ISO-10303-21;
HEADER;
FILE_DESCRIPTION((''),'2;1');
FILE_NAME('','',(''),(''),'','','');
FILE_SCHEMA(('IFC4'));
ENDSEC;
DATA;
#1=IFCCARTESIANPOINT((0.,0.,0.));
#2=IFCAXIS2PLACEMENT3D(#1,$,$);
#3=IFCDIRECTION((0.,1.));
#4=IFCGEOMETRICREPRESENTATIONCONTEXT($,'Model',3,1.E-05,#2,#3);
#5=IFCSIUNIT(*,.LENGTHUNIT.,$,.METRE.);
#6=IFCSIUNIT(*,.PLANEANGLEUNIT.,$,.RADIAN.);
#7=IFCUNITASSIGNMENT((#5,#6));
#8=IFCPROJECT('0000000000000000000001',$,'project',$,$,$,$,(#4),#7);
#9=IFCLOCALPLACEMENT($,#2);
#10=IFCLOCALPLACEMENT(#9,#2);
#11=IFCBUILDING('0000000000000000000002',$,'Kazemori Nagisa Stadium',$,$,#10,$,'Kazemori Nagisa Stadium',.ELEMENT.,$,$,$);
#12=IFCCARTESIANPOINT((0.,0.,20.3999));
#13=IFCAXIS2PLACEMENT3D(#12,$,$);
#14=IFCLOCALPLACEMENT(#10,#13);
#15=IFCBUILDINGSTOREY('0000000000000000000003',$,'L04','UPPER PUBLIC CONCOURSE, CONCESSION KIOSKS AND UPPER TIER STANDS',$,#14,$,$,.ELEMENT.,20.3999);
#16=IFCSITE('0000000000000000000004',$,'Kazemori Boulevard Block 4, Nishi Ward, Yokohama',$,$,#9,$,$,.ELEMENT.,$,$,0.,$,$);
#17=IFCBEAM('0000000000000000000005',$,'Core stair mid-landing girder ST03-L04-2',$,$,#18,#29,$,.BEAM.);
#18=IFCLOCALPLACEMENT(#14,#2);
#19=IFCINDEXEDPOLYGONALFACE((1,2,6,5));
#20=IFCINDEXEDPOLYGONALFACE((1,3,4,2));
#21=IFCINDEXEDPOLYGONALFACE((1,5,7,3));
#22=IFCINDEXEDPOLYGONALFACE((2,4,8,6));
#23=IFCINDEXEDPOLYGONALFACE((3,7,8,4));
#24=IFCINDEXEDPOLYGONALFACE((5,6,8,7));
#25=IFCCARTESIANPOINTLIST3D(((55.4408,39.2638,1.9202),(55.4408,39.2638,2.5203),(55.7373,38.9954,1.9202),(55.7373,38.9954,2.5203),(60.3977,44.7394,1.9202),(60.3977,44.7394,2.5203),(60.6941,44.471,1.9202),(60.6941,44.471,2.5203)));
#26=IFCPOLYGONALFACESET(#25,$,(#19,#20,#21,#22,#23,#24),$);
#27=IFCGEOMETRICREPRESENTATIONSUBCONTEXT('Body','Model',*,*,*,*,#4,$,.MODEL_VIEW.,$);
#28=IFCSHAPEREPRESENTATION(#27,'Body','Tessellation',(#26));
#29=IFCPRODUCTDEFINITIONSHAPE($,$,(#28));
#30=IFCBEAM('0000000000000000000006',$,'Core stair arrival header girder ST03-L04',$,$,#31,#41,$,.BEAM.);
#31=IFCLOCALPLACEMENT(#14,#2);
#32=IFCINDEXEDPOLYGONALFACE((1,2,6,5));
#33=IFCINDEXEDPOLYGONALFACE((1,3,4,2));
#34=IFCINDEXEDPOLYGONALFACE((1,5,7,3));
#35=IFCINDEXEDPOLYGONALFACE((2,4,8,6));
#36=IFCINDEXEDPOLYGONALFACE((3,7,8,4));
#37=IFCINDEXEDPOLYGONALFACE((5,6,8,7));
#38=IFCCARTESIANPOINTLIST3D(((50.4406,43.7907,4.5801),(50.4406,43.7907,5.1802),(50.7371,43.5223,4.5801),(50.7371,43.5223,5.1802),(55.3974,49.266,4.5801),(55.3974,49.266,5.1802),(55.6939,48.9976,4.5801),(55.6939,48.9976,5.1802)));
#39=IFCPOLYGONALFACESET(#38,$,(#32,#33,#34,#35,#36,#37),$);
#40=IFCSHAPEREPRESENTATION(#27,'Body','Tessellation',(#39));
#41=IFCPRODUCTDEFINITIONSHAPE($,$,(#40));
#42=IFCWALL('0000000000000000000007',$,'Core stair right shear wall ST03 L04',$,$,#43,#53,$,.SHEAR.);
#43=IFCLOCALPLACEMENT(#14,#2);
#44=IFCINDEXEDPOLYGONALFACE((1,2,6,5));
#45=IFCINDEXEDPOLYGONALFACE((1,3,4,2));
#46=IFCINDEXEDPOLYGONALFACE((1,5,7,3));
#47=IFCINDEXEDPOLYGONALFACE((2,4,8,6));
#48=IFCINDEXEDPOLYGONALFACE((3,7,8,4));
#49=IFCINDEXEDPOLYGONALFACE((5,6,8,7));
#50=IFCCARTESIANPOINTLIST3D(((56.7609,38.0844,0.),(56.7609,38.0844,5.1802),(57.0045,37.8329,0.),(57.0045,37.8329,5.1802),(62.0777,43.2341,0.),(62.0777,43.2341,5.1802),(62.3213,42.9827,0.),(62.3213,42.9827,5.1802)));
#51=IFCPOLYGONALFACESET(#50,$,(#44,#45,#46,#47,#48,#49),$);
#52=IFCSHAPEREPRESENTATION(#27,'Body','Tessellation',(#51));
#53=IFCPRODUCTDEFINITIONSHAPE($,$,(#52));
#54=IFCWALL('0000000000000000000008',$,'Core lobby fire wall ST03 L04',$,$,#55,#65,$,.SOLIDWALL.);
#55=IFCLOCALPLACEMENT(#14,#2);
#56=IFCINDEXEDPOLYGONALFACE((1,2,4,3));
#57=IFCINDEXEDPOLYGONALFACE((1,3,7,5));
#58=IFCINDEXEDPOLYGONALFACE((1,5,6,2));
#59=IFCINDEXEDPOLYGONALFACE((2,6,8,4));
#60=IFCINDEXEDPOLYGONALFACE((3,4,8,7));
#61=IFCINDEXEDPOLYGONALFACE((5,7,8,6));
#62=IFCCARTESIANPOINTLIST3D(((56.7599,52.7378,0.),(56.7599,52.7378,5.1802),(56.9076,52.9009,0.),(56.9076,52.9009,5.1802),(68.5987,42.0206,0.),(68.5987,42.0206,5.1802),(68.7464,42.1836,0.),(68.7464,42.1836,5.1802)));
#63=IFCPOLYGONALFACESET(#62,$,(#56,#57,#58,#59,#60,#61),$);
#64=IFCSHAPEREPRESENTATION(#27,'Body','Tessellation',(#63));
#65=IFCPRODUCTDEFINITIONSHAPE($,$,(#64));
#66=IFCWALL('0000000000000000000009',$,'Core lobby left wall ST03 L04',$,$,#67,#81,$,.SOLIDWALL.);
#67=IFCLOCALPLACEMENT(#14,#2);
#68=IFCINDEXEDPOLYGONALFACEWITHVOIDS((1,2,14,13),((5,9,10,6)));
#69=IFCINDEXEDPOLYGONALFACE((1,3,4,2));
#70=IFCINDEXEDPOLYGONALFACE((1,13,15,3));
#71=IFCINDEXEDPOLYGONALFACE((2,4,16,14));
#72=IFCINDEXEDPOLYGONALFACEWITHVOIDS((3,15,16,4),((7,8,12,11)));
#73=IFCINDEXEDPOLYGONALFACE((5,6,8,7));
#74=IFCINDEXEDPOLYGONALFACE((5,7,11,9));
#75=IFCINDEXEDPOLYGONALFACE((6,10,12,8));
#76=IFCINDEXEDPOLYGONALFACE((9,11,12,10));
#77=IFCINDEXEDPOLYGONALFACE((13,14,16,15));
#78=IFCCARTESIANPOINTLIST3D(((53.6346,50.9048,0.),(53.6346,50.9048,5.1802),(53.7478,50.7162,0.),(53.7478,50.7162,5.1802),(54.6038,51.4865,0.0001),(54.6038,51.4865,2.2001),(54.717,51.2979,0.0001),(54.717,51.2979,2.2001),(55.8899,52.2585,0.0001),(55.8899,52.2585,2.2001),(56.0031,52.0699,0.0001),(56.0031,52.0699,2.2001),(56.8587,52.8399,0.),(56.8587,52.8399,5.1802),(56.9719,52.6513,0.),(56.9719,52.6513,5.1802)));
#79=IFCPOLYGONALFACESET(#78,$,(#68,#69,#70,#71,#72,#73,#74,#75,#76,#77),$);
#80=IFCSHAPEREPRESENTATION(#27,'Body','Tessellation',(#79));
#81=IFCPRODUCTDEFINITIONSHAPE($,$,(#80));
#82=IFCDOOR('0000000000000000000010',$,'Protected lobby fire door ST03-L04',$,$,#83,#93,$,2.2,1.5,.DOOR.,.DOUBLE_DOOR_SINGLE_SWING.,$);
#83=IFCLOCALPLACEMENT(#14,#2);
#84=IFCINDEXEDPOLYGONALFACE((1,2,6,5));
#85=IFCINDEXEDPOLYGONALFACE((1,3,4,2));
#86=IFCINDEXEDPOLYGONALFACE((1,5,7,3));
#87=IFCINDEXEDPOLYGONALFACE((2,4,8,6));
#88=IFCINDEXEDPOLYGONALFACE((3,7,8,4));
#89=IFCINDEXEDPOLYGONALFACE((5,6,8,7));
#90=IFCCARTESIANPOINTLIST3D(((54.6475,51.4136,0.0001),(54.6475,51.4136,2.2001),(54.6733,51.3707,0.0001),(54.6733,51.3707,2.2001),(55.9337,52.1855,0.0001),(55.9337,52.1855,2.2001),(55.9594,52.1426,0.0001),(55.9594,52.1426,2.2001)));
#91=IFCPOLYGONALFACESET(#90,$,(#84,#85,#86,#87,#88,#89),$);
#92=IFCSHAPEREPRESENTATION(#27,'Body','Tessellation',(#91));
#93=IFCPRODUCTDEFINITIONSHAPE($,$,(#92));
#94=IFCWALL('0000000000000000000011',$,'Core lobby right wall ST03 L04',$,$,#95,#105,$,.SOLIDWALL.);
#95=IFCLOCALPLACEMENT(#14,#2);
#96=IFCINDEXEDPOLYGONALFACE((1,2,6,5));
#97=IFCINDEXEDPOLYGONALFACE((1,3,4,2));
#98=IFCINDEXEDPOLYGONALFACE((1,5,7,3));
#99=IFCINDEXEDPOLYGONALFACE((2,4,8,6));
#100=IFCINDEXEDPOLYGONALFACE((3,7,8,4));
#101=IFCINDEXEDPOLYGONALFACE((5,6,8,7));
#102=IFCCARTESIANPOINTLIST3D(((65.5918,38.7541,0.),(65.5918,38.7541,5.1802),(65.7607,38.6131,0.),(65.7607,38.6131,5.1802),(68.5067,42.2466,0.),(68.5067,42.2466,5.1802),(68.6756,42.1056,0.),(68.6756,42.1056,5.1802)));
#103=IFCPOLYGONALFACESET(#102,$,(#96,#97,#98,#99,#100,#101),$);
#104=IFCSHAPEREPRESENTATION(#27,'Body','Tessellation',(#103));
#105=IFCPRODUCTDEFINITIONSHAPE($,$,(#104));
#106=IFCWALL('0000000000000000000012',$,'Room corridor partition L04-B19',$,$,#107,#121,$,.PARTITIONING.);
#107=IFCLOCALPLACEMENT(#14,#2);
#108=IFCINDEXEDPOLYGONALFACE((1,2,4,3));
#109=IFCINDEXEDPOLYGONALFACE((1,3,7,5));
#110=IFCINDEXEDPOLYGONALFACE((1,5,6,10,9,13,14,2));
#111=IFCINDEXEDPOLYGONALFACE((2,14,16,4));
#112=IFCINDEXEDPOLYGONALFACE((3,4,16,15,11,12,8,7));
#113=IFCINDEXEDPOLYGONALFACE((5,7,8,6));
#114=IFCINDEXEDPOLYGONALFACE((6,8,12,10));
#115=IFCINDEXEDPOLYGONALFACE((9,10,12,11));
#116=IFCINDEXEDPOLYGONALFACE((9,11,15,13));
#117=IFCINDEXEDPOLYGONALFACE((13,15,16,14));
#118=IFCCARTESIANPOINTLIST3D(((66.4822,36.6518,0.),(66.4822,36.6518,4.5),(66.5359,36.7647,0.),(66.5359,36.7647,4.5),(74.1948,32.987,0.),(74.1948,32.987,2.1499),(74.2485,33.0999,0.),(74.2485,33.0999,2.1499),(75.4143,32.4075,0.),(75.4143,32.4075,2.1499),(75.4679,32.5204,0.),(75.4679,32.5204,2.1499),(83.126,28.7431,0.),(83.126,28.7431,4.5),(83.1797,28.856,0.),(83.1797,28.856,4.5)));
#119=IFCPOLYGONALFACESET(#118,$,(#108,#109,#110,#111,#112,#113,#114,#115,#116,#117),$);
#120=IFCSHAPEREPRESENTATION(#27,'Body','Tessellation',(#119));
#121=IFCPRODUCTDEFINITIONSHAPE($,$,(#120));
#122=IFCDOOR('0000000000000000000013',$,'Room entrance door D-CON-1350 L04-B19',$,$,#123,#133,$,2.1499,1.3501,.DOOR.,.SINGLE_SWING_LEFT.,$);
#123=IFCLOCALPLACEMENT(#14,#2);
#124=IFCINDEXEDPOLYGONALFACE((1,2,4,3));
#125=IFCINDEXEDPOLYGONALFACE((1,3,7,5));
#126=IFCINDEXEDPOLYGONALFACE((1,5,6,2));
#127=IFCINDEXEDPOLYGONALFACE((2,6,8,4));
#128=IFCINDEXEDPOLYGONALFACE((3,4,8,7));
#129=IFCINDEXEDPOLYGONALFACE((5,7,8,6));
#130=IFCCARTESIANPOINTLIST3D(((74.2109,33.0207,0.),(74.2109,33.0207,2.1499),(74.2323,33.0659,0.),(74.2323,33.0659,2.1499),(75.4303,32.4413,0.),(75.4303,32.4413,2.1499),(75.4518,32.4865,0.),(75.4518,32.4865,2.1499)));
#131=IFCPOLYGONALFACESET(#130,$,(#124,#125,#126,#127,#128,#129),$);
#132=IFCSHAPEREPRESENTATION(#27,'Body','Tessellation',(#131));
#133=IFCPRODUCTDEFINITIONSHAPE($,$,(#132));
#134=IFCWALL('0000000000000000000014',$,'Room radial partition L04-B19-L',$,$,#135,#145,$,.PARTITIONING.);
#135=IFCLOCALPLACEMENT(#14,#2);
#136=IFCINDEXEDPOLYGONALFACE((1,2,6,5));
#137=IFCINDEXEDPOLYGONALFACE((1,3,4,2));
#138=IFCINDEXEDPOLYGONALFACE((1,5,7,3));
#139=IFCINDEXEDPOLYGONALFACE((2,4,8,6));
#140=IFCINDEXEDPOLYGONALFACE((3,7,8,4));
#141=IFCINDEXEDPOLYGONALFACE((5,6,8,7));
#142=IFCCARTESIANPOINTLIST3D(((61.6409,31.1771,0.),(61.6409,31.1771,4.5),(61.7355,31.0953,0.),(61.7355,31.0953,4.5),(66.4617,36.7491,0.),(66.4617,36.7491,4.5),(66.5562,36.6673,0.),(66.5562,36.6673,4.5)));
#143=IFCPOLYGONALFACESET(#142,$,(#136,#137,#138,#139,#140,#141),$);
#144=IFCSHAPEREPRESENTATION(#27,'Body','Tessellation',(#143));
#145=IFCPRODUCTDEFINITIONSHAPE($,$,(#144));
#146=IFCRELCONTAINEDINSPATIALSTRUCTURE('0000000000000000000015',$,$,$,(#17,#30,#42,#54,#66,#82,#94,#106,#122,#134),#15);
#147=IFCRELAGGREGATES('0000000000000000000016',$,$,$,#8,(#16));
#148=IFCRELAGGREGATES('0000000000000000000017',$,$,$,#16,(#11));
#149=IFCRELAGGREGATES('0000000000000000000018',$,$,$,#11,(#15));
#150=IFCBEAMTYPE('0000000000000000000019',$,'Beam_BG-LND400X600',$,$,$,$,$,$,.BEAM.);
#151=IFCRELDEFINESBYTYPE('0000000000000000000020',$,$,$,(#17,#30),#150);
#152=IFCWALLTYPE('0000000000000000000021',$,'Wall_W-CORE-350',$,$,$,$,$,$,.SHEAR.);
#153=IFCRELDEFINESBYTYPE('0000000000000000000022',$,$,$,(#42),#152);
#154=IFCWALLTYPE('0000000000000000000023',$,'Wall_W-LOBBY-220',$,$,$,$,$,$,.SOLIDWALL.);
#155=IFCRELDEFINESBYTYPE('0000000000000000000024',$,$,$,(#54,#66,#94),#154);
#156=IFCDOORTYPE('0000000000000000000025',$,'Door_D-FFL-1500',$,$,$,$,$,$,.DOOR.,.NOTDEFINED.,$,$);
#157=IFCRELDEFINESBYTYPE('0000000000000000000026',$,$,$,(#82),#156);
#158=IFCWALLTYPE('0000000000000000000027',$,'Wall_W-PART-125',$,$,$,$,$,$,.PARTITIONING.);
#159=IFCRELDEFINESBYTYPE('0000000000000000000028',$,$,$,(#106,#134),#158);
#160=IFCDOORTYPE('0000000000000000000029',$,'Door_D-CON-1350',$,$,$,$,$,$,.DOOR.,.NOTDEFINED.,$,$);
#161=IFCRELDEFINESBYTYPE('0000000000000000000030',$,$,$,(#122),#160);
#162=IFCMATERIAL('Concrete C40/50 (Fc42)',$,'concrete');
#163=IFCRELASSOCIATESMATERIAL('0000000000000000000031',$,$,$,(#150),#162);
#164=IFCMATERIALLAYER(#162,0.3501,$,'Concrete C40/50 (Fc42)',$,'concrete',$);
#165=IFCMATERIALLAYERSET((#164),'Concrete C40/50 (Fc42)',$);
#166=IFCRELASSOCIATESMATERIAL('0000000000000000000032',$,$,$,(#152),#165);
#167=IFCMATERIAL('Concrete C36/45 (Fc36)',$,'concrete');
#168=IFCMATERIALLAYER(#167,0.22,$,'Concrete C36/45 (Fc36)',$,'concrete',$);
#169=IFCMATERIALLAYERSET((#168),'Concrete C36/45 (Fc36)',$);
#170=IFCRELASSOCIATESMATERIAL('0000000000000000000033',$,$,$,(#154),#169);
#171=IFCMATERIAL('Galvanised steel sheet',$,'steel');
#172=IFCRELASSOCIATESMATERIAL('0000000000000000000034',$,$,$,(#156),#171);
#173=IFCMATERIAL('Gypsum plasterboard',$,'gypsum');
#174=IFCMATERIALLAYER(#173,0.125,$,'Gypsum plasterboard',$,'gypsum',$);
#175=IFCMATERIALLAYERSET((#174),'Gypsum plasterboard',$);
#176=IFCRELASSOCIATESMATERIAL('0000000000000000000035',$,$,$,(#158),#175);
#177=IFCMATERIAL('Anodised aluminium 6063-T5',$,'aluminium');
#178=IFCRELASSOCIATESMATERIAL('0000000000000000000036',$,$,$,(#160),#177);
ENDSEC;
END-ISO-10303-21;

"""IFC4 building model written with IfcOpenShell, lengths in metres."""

from ifc_helpers import new_model, si_unit, direction, frame, frame_2d, origin, origin_2d, place, context, subcontext, project, spatial, rectangle, extrude, material, layer, layer_set, material_profile, profile_set, type_object, element, fill, save


model = new_model("IFC4")

# Units and contexts
model_context = context("Model", 3, precision=1e-05, world=origin(), true_north=direction((0.0, 1.0)))
body_context = subcontext(model_context, "Body", "Model", "MODEL_VIEW")
ifc_project = project(units=[si_unit("LENGTHUNIT", "METRE"), si_unit("PLANEANGLEUNIT", "RADIAN")], contexts=[model_context])

# Site, building, storey
site_placement = place(None, origin())
site = spatial("IfcSite", under=ifc_project, at=site_placement, Name="Kazemori Boulevard Block 4, Nishi Ward, Yokohama", CompositionType="ELEMENT", RefElevation=0.0)
building_placement = place(site_placement, origin())
building = spatial("IfcBuilding", under=site, at=building_placement, Name="Kazemori Nagisa Stadium", LongName="Kazemori Nagisa Stadium", CompositionType="ELEMENT")
storey_placement = place(building_placement, frame((0.0, 0.0, 20.3999)))
storey = spatial("IfcBuildingStorey", under=building, at=storey_placement, Name="L04", Description="UPPER PUBLIC CONCOURSE, CONCESSION KIOSKS AND UPPER TIER STANDS", CompositionType="ELEMENT", Elevation=20.3999)

# Beams
ifc_material_1 = material(Name="Concrete C40/50 (Fc42)", Category="concrete")
ifc_material_profile_1 = material_profile(ifc_material_1, rectangle(XDim=0.3999, YDim=0.6001, at=origin_2d()), Name="RC-BM-400x600")
ifc_profile_set_1 = profile_set([ifc_material_profile_1], Name="Concrete C40/50 (Fc42)")
beam_type_1 = type_object("IfcBeamType", Name="Beam_BG-LND400X600", PredefinedType="BEAM", material=ifc_profile_set_1)
beam_1_placement = place(storey_placement, frame((60.5459, 44.6052, 2.2202), z_axis=(-0.671113, -0.741355, 0.0), x_axis=(0.741355, -0.671113, 0.0)))
element("IfcBeam", 1, at=beam_1_placement, inside=storey, type_object=beam_type_1, Name="Core stair mid-landing girder ST03-L04-2", PredefinedType="BEAM", context=body_context, shape_type="SweptSolid", body=[
    extrude(rectangle(XDim=0.3999, YDim=0.6001, at=origin_2d()), origin(), (0.0, 0.0, 1.0), 7.386),
])
beam_2_placement = place(storey_placement, frame((55.5457, 49.1318, 4.8801), z_axis=(-0.67113, -0.74134, 0.0), x_axis=(0.74134, -0.67113, 0.0)))
element("IfcBeam", 2, at=beam_2_placement, inside=storey, type_object=beam_type_1, Name="Core stair arrival header girder ST03-L04", PredefinedType="BEAM", context=body_context, shape_type="SweptSolid", body=[
    extrude(rectangle(XDim=0.3999, YDim=0.6001, at=origin_2d()), origin(), (0.0, 0.0, 1.0), 7.3857),
])

# Walls
ifc_layer_1 = layer(ifc_material_1, 0.3501, Name="Concrete C40/50 (Fc42)", Category="concrete")
ifc_layer_set_1 = layer_set([ifc_layer_1], Name="Concrete C40/50 (Fc42)")
wall_type_1 = type_object("IfcWallType", Name="Wall_W-CORE-350", PredefinedType="SHEAR", material=ifc_layer_set_1)
wall_1_placement = place(storey_placement, frame((62.1995, 43.1084, 0.0), z_axis=(0.0, 0.0, 1.0), x_axis=(-0.718297, -0.695736, 0.0)))
element("IfcWall", 3, at=wall_1_placement, inside=storey, type_object=wall_type_1, Name="Core stair right shear wall ST03 L04", PredefinedType="SHEAR", context=body_context, shape_type="SweptSolid", body=[
    extrude(rectangle(XDim=7.4019, YDim=0.3501, at=frame_2d((3.7009, 0.0))), origin(), (0.0, 0.0, 1.0), 5.1802),
])
ifc_material_2 = material(Name="Concrete C36/45 (Fc36)", Category="concrete")
ifc_layer_2 = layer(ifc_material_2, 0.22, Name="Concrete C36/45 (Fc36)", Category="concrete")
ifc_layer_set_2 = layer_set([ifc_layer_2], Name="Concrete C36/45 (Fc36)")
wall_type_2 = type_object("IfcWallType", Name="Wall_W-LOBBY-220", PredefinedType="SOLIDWALL", material=ifc_layer_set_2)
wall_2_placement = place(storey_placement, frame((56.8337, 52.8193, 0.0), z_axis=(0.0, 0.0, 1.0), x_axis=(0.741351, -0.671117, 0.0)))
element("IfcWall", 4, at=wall_2_placement, inside=storey, type_object=wall_type_2, Name="Core lobby fire wall ST03 L04", PredefinedType="SOLIDWALL", context=body_context, shape_type="SweptSolid", body=[
    extrude(rectangle(XDim=15.9692, YDim=0.22, at=frame_2d((7.9846, 0.0))), origin(), (0.0, 0.0, 1.0), 5.1802),
])

# Wall, opening, door
wall_3_placement = place(storey_placement, frame((56.9153, 52.7456, 0.0), z_axis=(0.0, 0.0, 1.0), x_axis=(-0.857424, -0.51461, 0.0)))
wall_3 = element("IfcWall", 5, at=wall_3_placement, inside=storey, type_object=wall_type_2, Name="Core lobby left wall ST03 L04", PredefinedType="SOLIDWALL", context=body_context, shape_type="SweptSolid", body=[
    extrude(rectangle(XDim=3.7603, YDim=0.22, at=frame_2d((1.8801, 0.0))), origin(), (0.0, 0.0, 1.0), 5.1802),
])
opening_1_placement = place(wall_3_placement, frame((1.1299, 0.0, 0.0)))
opening_1 = element("IfcOpeningElement", 6, at=opening_1_placement, cuts=wall_3, PredefinedType="OPENING", context=body_context, shape_type="SweptSolid", body=[
    extrude(rectangle(XDim=1.5, YDim=2.2, at=frame_2d((0.75, 1.1001))), frame((0.0, 0.1199, 0.0), z_axis=(0.0, -1.0, 0.0), x_axis=(1.0, 0.0, 0.0)), (0.0, 0.0, 1.0), 0.24),
])
ifc_material_3 = material(Name="Galvanised steel sheet", Category="steel")
door_type_1 = type_object("IfcDoorType", Name="Door_D-FFL-1500", OperationType="NOTDEFINED", PredefinedType="DOOR", material=ifc_material_3)
door_1_placement = place(opening_1_placement, frame((1.5, 0.0, 0.0), z_axis=(0.0, 0.0, 1.0), x_axis=(-1.0, 0.0, 0.0)))
door_1 = element("IfcDoor", 7, at=door_1_placement, inside=storey, type_object=door_type_1, Name="Protected lobby fire door ST03-L04", OperationType="DOUBLE_DOOR_SINGLE_SWING", OverallHeight=2.2, OverallWidth=1.5, PredefinedType="DOOR", context=body_context, shape_type="SweptSolid", body=[
    extrude(rectangle(XDim=1.5, YDim=2.2, at=frame_2d((0.75, 1.1001))), frame((0.0, 0.0249, 0.0), z_axis=(0.0, -1.0, 0.0), x_axis=(1.0, 0.0, 0.0)), (0.0, 0.0, 1.0), 0.05),
])
fill(opening_1, door_1)

# Wall
wall_4_placement = place(storey_placement, frame((68.5911, 42.176, 0.0), z_axis=(0.0, 0.0, 1.0), x_axis=(-0.64076, -0.767742, 0.0)))
element("IfcWall", 8, at=wall_4_placement, inside=storey, type_object=wall_type_2, Name="Core lobby right wall ST03 L04", PredefinedType="SOLIDWALL", context=body_context, shape_type="SweptSolid", body=[
    extrude(rectangle(XDim=4.5491, YDim=0.22, at=frame_2d((2.2744, 0.0))), origin(), (0.0, 0.0, 1.0), 5.1802),
])

# Wall, opening, door
ifc_material_4 = material(Name="Gypsum plasterboard", Category="gypsum")
ifc_layer_3 = layer(ifc_material_4, 0.125, Name="Gypsum plasterboard", Category="gypsum")
ifc_layer_set_3 = layer_set([ifc_layer_3], Name="Gypsum plasterboard")
wall_type_3 = type_object("IfcWallType", Name="Wall_W-PART-125", PredefinedType="PARTITIONING", material=ifc_layer_set_3)
wall_5_placement = place(storey_placement, frame((66.509, 36.7083, 0.0), z_axis=(0.0, 0.0, 1.0), x_axis=(0.903217, -0.429185, 0.0)))
wall_5 = element("IfcWall", 9, at=wall_5_placement, inside=storey, type_object=wall_type_3, Name="Room corridor partition L04-B19", PredefinedType="PARTITIONING", context=body_context, shape_type="SweptSolid", body=[
    extrude(rectangle(XDim=18.4272, YDim=0.125, at=frame_2d((9.2136, 0.0))), origin(), (0.0, 0.0, 1.0), 4.5),
])
opening_2_placement = place(wall_5_placement, frame((8.5391, 0.0, 0.0)))
opening_2 = element("IfcOpeningElement", 10, at=opening_2_placement, cuts=wall_5, PredefinedType="OPENING", context=body_context, shape_type="SweptSolid", body=[
    extrude(rectangle(XDim=1.3501, YDim=2.1499, at=frame_2d((0.675, 1.075))), frame((0.0, 0.0725, 0.0), z_axis=(0.0, -1.0, 0.0), x_axis=(1.0, 0.0, 0.0)), (0.0, 0.0, 1.0), 0.145),
])
ifc_material_5 = material(Name="Anodised aluminium 6063-T5", Category="aluminium")
door_type_2 = type_object("IfcDoorType", Name="Door_D-CON-1350", OperationType="NOTDEFINED", PredefinedType="DOOR", material=ifc_material_5)
door_2_placement = place(opening_2_placement, origin())
door_2 = element("IfcDoor", 11, at=door_2_placement, inside=storey, type_object=door_type_2, Name="Room entrance door D-CON-1350 L04-B19", OperationType="SINGLE_SWING_LEFT", OverallHeight=2.1499, OverallWidth=1.3501, PredefinedType="DOOR", context=body_context, shape_type="SweptSolid", body=[
    extrude(rectangle(XDim=1.3501, YDim=2.1499, at=frame_2d((0.675, 1.075))), frame((0.0, 0.0249, 0.0), z_axis=(0.0, -1.0, 0.0), x_axis=(1.0, 0.0, 0.0)), (0.0, 0.0, 1.0), 0.05),
])
fill(opening_2, door_2)

# Wall
wall_6_placement = place(storey_placement, frame((66.509, 36.7083, 0.0), z_axis=(0.0, 0.0, 1.0), x_axis=(-0.654288, -0.756245, 0.0)))
element("IfcWall", 12, at=wall_6_placement, inside=storey, type_object=wall_type_3, Name="Room radial partition L04-B19-L", PredefinedType="PARTITIONING", context=body_context, shape_type="SweptSolid", body=[
    extrude(rectangle(XDim=7.3679, YDim=0.125, at=frame_2d((3.6841, 0.0))), origin(), (0.0, 0.0, 1.0), 4.5),
])

save(model, "model.ifc")
